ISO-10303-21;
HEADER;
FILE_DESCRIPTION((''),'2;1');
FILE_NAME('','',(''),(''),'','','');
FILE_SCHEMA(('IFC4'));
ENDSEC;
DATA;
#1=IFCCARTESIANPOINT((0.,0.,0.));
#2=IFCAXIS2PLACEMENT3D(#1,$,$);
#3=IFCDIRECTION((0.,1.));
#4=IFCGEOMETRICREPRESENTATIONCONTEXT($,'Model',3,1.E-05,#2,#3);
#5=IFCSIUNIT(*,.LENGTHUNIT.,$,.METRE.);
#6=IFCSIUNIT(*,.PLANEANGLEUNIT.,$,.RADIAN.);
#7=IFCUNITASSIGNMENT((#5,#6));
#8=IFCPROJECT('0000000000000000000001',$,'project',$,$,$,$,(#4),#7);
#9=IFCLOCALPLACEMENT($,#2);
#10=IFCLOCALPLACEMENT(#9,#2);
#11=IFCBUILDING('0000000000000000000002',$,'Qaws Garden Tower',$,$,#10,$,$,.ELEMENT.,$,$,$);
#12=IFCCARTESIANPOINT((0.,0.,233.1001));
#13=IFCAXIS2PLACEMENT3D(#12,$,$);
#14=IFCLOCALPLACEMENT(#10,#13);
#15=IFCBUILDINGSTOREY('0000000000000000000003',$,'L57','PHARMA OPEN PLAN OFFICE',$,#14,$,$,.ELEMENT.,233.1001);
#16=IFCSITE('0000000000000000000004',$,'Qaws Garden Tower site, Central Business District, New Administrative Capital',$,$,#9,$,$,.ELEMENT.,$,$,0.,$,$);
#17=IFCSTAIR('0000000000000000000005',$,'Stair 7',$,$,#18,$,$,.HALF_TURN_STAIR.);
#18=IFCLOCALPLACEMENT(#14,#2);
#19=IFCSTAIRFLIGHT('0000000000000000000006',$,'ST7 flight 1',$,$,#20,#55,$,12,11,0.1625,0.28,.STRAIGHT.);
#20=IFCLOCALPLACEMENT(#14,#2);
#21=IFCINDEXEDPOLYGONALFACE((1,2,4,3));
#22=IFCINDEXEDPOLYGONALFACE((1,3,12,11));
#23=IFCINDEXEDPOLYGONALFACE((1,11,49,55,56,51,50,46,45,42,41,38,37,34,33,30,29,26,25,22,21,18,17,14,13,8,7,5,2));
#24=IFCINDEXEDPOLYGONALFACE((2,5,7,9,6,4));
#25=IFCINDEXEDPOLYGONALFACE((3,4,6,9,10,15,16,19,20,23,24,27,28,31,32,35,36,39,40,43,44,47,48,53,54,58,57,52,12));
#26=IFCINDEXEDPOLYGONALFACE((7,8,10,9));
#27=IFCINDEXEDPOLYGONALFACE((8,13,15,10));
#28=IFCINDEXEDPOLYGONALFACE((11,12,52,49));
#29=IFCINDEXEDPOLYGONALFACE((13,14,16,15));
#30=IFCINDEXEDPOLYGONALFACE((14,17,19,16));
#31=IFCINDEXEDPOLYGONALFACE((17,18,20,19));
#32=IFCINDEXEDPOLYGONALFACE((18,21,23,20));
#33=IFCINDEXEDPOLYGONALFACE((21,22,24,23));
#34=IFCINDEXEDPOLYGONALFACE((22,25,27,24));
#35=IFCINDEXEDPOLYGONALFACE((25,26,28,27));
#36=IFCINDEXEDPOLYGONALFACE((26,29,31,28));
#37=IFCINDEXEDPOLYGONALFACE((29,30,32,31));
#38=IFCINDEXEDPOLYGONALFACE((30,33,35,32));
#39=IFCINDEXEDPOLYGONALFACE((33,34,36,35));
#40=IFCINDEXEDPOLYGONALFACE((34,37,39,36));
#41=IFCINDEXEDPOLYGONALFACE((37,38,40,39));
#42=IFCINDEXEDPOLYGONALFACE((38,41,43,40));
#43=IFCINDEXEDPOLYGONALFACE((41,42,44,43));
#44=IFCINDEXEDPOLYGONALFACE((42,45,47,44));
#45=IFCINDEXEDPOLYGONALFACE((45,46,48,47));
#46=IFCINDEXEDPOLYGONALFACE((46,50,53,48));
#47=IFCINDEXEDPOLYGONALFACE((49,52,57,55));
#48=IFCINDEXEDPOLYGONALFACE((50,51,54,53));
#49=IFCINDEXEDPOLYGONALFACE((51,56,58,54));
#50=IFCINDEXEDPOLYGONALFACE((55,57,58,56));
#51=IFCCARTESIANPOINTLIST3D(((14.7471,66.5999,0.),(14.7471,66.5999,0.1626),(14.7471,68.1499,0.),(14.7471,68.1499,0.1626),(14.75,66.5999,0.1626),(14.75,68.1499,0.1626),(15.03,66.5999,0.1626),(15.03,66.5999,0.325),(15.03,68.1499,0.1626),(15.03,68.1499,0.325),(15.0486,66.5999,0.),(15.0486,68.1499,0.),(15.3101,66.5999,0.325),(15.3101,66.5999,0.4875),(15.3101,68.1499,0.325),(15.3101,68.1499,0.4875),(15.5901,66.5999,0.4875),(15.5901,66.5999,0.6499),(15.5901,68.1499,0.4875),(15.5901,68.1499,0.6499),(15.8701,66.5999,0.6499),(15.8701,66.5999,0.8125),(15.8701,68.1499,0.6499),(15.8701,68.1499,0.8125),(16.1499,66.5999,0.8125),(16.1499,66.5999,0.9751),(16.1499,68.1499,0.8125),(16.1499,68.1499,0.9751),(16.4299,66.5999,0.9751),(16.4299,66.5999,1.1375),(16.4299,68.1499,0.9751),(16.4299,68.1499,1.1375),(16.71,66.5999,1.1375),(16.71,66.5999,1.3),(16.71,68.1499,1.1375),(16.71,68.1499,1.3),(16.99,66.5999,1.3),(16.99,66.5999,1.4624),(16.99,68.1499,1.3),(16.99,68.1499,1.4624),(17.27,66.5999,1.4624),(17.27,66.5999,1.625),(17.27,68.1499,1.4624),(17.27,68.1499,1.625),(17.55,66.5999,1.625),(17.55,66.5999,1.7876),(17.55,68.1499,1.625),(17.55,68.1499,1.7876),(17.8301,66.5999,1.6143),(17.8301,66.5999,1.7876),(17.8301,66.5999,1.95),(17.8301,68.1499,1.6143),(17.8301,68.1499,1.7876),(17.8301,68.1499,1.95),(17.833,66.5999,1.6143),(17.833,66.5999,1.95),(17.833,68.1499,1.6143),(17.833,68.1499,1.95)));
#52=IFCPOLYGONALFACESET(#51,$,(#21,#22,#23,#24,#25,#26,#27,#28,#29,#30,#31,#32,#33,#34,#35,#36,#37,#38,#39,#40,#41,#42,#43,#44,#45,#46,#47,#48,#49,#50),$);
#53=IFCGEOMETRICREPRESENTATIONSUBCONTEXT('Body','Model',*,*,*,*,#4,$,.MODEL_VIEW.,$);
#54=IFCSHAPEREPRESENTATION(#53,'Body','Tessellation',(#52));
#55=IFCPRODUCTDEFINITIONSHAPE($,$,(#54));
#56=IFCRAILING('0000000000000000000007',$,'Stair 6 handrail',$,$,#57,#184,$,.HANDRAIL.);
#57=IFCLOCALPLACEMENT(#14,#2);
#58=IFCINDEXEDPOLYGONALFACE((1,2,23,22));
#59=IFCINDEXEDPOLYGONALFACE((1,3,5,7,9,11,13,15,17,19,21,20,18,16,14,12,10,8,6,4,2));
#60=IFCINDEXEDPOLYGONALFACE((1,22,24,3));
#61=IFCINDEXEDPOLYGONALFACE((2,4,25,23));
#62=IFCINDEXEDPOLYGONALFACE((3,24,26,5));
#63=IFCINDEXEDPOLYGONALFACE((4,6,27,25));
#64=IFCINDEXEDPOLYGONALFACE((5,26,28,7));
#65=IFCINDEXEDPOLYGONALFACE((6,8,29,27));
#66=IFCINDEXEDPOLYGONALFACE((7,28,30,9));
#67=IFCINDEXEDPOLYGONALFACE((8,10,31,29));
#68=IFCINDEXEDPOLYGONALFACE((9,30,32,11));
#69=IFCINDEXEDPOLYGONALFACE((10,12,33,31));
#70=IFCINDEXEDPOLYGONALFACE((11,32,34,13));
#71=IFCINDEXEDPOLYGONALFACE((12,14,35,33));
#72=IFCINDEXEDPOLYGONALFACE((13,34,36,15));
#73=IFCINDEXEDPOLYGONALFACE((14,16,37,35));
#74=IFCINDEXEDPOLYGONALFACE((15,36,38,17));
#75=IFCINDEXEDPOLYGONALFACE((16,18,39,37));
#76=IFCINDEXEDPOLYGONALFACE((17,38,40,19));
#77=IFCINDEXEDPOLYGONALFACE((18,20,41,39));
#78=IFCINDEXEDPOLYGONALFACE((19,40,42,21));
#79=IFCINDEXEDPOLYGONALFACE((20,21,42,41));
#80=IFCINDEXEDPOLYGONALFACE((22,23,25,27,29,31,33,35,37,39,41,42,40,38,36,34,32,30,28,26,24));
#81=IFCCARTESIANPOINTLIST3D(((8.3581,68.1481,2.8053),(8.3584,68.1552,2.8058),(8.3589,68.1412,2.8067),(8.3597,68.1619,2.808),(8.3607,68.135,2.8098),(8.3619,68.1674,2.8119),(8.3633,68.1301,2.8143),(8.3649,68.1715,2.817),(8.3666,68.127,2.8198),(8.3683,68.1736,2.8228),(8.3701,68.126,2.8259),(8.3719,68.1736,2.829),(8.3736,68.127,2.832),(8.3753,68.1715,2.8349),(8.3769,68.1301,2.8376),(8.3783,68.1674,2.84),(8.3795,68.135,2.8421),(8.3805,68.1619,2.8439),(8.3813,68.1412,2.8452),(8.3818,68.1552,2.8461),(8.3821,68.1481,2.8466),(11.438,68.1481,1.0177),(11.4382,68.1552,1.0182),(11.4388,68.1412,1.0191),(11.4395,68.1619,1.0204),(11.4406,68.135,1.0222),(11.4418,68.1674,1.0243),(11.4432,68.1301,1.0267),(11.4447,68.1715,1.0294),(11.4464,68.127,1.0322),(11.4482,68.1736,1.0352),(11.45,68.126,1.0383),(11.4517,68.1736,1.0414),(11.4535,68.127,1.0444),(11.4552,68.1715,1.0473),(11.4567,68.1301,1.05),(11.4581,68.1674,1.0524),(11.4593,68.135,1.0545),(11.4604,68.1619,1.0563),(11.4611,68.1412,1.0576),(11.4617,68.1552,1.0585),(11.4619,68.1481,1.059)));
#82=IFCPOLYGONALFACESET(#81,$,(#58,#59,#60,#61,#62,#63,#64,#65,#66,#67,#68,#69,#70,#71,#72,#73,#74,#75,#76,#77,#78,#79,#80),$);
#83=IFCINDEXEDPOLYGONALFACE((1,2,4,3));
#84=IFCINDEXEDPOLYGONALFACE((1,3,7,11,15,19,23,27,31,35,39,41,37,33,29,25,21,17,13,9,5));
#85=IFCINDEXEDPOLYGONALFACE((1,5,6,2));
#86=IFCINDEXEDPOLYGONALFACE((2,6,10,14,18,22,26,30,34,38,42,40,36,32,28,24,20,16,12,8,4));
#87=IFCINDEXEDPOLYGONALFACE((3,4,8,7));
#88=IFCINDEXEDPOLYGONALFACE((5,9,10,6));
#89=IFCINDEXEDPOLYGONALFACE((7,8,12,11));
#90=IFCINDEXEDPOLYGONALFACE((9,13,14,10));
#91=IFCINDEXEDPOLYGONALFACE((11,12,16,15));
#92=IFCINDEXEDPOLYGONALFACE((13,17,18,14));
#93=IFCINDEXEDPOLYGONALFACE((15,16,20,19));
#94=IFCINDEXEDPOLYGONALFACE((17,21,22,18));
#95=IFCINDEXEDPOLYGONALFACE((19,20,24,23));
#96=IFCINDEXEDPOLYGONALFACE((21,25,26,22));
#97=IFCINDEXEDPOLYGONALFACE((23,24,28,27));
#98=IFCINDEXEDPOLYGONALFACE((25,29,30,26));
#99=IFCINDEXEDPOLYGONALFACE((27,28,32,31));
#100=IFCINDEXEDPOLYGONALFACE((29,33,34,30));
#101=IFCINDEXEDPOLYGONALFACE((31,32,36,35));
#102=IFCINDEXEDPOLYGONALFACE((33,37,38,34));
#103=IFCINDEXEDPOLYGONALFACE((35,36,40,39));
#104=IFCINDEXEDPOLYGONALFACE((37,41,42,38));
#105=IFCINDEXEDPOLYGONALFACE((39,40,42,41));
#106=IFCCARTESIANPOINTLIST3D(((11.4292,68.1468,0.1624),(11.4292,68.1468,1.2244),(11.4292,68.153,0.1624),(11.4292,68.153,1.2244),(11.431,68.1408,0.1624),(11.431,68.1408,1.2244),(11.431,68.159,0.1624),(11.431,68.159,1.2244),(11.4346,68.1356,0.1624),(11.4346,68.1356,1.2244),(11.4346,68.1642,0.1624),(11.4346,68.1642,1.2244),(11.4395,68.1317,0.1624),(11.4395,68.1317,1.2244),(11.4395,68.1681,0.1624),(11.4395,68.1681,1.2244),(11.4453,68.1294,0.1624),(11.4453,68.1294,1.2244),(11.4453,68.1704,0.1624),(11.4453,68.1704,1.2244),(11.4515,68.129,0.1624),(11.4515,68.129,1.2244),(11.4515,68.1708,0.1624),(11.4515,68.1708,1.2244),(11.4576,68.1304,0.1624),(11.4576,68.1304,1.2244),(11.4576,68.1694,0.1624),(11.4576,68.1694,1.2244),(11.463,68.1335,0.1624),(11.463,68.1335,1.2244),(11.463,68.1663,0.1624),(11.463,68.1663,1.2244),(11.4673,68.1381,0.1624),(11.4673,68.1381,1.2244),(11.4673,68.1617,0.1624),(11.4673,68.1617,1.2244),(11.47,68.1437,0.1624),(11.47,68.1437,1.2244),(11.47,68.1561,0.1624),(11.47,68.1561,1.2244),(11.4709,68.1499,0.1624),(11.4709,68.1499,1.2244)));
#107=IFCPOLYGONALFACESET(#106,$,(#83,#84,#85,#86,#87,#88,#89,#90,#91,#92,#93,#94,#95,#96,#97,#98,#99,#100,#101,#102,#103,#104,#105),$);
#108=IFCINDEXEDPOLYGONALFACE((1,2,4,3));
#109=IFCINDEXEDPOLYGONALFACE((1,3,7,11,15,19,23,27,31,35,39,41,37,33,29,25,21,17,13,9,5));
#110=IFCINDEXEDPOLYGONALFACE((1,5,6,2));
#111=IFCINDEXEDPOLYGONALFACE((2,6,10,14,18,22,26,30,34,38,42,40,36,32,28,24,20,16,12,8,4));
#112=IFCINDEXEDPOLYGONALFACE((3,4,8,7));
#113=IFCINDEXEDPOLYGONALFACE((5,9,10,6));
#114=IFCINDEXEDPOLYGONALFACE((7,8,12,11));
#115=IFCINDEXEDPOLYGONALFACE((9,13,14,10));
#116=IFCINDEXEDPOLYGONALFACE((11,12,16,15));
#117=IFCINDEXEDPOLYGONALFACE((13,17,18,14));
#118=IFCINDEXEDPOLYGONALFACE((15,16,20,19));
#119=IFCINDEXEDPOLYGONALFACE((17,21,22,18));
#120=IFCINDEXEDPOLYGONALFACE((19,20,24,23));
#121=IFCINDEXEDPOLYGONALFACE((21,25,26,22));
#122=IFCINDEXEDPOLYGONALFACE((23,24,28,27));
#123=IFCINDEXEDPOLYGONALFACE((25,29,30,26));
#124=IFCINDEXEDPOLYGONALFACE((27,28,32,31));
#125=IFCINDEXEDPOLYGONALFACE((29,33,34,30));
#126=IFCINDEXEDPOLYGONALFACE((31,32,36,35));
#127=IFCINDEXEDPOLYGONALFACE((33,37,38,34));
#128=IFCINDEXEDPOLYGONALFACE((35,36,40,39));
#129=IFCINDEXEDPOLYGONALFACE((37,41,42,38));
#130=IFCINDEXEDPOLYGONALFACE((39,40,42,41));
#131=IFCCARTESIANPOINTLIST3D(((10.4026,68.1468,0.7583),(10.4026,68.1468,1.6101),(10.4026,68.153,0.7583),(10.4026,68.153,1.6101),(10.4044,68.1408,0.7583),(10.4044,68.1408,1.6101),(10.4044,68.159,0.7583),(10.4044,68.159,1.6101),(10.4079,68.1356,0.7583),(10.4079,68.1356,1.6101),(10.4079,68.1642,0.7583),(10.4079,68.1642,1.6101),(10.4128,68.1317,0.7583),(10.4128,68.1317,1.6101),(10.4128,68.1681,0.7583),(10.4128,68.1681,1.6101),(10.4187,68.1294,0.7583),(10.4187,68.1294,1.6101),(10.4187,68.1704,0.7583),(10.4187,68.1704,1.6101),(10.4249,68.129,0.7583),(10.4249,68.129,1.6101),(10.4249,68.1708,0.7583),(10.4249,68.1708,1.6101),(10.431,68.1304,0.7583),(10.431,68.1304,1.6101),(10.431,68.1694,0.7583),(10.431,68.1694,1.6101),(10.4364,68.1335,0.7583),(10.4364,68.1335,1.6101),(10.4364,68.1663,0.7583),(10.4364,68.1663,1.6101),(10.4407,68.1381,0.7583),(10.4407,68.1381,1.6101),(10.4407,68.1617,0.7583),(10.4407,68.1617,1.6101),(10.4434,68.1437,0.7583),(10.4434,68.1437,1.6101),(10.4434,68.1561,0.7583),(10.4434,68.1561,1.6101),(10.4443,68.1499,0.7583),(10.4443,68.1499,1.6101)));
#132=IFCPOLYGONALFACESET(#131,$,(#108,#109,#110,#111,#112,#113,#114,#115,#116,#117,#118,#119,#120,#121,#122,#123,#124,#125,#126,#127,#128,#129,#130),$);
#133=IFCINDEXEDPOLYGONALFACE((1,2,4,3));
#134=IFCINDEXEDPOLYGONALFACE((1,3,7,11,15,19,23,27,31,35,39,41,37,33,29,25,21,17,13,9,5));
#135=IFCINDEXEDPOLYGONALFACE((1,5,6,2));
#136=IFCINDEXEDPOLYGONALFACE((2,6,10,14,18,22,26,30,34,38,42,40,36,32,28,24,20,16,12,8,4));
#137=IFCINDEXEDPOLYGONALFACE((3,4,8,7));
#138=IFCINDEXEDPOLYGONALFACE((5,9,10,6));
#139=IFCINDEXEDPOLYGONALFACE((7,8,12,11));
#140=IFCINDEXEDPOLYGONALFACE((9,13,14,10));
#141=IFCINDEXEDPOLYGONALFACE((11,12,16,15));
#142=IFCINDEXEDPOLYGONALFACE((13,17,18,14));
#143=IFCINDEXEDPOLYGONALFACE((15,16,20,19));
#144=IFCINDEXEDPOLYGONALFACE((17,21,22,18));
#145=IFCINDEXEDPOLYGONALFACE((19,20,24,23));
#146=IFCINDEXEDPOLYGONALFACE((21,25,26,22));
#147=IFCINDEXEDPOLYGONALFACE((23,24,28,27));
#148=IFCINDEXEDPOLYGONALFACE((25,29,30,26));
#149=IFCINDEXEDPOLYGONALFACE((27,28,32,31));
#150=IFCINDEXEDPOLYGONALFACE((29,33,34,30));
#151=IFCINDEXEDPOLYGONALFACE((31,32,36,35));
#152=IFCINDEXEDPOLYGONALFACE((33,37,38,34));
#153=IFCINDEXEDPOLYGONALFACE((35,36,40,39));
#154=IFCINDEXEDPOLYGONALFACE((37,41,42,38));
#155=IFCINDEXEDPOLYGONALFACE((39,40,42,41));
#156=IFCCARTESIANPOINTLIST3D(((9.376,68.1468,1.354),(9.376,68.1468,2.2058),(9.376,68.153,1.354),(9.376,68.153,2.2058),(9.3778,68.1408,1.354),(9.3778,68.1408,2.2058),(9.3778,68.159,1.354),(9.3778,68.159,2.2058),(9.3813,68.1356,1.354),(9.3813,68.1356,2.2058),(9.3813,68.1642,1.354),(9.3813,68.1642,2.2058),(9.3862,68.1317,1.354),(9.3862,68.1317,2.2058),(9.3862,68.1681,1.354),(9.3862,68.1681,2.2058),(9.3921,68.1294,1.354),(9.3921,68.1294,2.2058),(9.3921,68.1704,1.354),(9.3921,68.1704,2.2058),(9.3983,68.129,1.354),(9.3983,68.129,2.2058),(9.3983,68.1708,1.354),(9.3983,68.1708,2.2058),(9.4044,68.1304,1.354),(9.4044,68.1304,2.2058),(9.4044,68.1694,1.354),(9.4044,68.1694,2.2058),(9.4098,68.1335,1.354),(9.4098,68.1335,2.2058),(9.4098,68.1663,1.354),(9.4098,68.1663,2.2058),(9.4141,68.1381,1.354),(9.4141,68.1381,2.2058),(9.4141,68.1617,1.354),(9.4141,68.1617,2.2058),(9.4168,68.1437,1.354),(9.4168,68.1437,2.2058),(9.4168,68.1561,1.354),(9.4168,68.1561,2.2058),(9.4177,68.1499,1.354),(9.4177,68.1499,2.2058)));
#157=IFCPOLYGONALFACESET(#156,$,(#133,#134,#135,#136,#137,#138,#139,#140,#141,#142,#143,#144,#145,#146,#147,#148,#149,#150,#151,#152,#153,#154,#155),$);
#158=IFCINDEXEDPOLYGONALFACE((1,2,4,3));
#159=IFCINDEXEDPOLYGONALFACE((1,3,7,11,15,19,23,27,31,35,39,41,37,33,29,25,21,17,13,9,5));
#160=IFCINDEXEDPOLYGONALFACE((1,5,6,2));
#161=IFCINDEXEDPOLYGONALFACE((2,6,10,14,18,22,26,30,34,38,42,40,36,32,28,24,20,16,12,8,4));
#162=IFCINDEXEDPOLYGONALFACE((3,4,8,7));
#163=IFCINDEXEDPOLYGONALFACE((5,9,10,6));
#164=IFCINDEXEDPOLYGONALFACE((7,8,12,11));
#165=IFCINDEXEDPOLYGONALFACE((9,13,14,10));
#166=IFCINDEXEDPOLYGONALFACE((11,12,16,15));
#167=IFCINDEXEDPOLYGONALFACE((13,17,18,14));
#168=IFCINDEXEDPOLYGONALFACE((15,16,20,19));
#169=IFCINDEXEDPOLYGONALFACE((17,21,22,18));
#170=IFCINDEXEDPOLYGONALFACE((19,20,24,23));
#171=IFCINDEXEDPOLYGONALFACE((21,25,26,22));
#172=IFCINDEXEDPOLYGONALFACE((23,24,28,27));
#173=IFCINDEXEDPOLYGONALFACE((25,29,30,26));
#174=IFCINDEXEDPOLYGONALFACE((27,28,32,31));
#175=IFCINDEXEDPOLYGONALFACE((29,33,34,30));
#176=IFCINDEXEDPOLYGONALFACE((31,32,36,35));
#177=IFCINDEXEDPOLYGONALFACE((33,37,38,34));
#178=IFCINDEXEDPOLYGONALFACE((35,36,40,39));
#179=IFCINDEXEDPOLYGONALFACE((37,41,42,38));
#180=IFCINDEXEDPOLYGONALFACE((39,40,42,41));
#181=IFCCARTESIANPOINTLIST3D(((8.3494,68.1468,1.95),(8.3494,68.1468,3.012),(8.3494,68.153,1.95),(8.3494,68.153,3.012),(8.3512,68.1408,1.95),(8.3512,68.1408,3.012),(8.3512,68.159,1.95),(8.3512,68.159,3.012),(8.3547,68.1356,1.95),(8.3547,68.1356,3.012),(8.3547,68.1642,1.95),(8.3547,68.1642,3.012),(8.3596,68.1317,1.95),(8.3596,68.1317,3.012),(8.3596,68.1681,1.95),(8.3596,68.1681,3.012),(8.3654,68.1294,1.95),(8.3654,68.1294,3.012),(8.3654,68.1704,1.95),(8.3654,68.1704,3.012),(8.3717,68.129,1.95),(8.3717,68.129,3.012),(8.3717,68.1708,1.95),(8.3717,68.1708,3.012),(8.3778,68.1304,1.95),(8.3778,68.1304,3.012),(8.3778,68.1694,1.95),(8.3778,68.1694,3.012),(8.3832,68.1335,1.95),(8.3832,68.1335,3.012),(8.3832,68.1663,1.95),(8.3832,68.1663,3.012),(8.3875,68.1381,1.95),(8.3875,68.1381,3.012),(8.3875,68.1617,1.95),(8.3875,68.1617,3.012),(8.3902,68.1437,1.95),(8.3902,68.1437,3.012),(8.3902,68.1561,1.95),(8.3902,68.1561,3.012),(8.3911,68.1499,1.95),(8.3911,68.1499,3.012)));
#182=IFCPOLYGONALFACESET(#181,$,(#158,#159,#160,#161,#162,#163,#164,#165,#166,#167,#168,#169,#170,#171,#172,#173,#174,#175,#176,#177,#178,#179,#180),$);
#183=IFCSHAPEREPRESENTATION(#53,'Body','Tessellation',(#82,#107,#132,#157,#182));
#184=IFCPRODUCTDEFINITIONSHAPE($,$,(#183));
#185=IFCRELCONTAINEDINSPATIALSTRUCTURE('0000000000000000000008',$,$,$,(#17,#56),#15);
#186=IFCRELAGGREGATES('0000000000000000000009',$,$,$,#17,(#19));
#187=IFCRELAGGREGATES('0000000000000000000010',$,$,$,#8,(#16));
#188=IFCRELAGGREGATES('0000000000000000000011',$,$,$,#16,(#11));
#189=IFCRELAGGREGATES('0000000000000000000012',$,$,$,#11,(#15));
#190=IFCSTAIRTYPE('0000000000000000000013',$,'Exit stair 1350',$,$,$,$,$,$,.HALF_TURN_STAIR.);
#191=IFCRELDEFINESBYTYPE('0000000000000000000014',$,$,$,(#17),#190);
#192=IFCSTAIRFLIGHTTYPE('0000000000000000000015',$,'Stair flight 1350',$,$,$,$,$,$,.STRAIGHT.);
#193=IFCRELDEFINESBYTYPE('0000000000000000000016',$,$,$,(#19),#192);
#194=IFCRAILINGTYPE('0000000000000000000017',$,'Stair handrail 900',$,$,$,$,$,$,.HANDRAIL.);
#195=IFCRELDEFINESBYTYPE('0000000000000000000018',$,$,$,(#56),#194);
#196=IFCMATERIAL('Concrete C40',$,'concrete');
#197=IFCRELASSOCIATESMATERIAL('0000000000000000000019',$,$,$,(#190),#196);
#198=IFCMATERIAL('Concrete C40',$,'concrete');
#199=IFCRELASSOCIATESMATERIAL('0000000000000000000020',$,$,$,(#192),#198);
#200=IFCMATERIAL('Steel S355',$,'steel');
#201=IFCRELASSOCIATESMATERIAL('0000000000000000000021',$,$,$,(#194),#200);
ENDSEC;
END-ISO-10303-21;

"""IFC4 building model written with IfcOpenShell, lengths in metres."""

from ifc_helpers import new_model, si_unit, direction, frame, origin, origin_2d, place, context, subcontext, project, spatial, polyline, circle, outline, extrude, material, type_object, element, aggregate, save


model = new_model("IFC4")

# Units and contexts
model_context = context("Model", 3, precision=1e-05, world=origin(), true_north=direction((0.0, 1.0)))
body_context = subcontext(model_context, "Body", "Model", "MODEL_VIEW")
ifc_project = project(units=[si_unit("LENGTHUNIT", "METRE"), si_unit("PLANEANGLEUNIT", "RADIAN")], contexts=[model_context])

# Site, building, storey
site_placement = place(None, origin())
site = spatial("IfcSite", under=ifc_project, at=site_placement, Name="Qaws Garden Tower site, Central Business District, New Administrative Capital", CompositionType="ELEMENT", RefElevation=0.0)
building_placement = place(site_placement, origin())
building = spatial("IfcBuilding", under=site, at=building_placement, Name="Qaws Garden Tower", CompositionType="ELEMENT")
storey_placement = place(building_placement, frame((0.0, 0.0, 233.1001)))
storey = spatial("IfcBuildingStorey", under=building, at=storey_placement, Name="L57", Description="PHARMA OPEN PLAN OFFICE", CompositionType="ELEMENT", Elevation=233.1001)

# Shared definitions
ifc_material_1 = material(Name="Concrete C40", Category="concrete")
stair_type = type_object("IfcStairType", Name="Exit stair 1350", PredefinedType="HALF_TURN_STAIR", material=ifc_material_1)
placement = place(storey_placement, origin())
ifc_material_2 = material(Name="Concrete C40", Category="concrete")
stair_flight_type = type_object("IfcStairFlightType", Name="Stair flight 1350", PredefinedType="STRAIGHT", material=ifc_material_2)

# Stair, stair flight
stair_1 = element("IfcStair", 1, at=placement, inside=storey, type_object=stair_type, Name="Stair 7", PredefinedType="HALF_TURN_STAIR")
stair_flight_1_placement = place(storey_placement, frame((14.75, 67.375, 0.0), z_axis=(0.0, 0.0, 1.0), x_axis=(1.0, 0.0, 0.0)))
stair_flight_1 = element("IfcStairFlight", 2, at=stair_flight_1_placement, type_object=stair_flight_type, Name="ST7 flight 1", NumberOfRisers=12, NumberOfTreads=11, PredefinedType="STRAIGHT", RiserHeight=0.1625, TreadLength=0.28, context=body_context, shape_type="SweptSolid", body=[
    extrude(outline(polyline([(-0.0029, 0.0), (-0.0029, 0.1626), (0.0, 0.1626), (0.28, 0.1626), (0.28, 0.325), (0.5601, 0.325), (0.5601, 0.4875), (0.8401, 0.4875), (0.8401, 0.6499), (1.1201, 0.6499), (1.1201, 0.8125), (1.3999, 0.8125), (1.3999, 0.9751), (1.6799, 0.9751), (1.6799, 1.1375), (1.96, 1.1375), (1.96, 1.3), (2.24, 1.3), (2.24, 1.4624), (2.52, 1.4624), (2.52, 1.625), (2.8, 1.625), (2.8, 1.7876), (3.0801, 1.7876), (3.0801, 1.95), (3.083, 1.95), (3.083, 1.6143), (3.0801, 1.6143), (0.2986, 0.0), (-0.0029, 0.0)])), frame((0.0, 0.7749, 0.0), z_axis=(0.0, -1.0, 0.0), x_axis=(1.0, 0.0, 0.0)), (0.0, 0.0, 1.0), 1.55),
])
aggregate(stair_1, [stair_flight_1])

# Railing
ifc_material_3 = material(Name="Steel S355", Category="steel")
railing_type = type_object("IfcRailingType", Name="Stair handrail 900", PredefinedType="HANDRAIL", material=ifc_material_3)
railing_1_placement = place(storey_placement, frame((11.45, 68.1499, 0.1624)))
element("IfcRailing", 3, at=railing_1_placement, inside=storey, type_object=railing_type, Name="Stair 6 handrail", PredefinedType="HANDRAIL", context=body_context, shape_type="SweptSolid", body=[
    extrude(circle(Radius=0.0239, at=origin_2d()), frame((0.0, 0.0, 0.876), z_axis=(-0.864873, 0.0, 0.50199), x_axis=(0.0, -1.0, 0.0)), (0.0, 0.0, 1.0), 3.561),
    extrude(circle(Radius=0.021, at=origin_2d()), origin(), (0.0, 0.0, 1.0), 1.062),
    extrude(circle(Radius=0.021, at=origin_2d()), frame((-1.0266, 0.0, 0.5959)), (0.0, 0.0, 1.0), 0.8518),
    extrude(circle(Radius=0.021, at=origin_2d()), frame((-2.0532, 0.0, 1.1917)), (0.0, 0.0, 1.0), 0.8518),
    extrude(circle(Radius=0.021, at=origin_2d()), frame((-3.0798, 0.0, 1.7876)), (0.0, 0.0, 1.0), 1.062),
])

save(model, "model.ifc")
